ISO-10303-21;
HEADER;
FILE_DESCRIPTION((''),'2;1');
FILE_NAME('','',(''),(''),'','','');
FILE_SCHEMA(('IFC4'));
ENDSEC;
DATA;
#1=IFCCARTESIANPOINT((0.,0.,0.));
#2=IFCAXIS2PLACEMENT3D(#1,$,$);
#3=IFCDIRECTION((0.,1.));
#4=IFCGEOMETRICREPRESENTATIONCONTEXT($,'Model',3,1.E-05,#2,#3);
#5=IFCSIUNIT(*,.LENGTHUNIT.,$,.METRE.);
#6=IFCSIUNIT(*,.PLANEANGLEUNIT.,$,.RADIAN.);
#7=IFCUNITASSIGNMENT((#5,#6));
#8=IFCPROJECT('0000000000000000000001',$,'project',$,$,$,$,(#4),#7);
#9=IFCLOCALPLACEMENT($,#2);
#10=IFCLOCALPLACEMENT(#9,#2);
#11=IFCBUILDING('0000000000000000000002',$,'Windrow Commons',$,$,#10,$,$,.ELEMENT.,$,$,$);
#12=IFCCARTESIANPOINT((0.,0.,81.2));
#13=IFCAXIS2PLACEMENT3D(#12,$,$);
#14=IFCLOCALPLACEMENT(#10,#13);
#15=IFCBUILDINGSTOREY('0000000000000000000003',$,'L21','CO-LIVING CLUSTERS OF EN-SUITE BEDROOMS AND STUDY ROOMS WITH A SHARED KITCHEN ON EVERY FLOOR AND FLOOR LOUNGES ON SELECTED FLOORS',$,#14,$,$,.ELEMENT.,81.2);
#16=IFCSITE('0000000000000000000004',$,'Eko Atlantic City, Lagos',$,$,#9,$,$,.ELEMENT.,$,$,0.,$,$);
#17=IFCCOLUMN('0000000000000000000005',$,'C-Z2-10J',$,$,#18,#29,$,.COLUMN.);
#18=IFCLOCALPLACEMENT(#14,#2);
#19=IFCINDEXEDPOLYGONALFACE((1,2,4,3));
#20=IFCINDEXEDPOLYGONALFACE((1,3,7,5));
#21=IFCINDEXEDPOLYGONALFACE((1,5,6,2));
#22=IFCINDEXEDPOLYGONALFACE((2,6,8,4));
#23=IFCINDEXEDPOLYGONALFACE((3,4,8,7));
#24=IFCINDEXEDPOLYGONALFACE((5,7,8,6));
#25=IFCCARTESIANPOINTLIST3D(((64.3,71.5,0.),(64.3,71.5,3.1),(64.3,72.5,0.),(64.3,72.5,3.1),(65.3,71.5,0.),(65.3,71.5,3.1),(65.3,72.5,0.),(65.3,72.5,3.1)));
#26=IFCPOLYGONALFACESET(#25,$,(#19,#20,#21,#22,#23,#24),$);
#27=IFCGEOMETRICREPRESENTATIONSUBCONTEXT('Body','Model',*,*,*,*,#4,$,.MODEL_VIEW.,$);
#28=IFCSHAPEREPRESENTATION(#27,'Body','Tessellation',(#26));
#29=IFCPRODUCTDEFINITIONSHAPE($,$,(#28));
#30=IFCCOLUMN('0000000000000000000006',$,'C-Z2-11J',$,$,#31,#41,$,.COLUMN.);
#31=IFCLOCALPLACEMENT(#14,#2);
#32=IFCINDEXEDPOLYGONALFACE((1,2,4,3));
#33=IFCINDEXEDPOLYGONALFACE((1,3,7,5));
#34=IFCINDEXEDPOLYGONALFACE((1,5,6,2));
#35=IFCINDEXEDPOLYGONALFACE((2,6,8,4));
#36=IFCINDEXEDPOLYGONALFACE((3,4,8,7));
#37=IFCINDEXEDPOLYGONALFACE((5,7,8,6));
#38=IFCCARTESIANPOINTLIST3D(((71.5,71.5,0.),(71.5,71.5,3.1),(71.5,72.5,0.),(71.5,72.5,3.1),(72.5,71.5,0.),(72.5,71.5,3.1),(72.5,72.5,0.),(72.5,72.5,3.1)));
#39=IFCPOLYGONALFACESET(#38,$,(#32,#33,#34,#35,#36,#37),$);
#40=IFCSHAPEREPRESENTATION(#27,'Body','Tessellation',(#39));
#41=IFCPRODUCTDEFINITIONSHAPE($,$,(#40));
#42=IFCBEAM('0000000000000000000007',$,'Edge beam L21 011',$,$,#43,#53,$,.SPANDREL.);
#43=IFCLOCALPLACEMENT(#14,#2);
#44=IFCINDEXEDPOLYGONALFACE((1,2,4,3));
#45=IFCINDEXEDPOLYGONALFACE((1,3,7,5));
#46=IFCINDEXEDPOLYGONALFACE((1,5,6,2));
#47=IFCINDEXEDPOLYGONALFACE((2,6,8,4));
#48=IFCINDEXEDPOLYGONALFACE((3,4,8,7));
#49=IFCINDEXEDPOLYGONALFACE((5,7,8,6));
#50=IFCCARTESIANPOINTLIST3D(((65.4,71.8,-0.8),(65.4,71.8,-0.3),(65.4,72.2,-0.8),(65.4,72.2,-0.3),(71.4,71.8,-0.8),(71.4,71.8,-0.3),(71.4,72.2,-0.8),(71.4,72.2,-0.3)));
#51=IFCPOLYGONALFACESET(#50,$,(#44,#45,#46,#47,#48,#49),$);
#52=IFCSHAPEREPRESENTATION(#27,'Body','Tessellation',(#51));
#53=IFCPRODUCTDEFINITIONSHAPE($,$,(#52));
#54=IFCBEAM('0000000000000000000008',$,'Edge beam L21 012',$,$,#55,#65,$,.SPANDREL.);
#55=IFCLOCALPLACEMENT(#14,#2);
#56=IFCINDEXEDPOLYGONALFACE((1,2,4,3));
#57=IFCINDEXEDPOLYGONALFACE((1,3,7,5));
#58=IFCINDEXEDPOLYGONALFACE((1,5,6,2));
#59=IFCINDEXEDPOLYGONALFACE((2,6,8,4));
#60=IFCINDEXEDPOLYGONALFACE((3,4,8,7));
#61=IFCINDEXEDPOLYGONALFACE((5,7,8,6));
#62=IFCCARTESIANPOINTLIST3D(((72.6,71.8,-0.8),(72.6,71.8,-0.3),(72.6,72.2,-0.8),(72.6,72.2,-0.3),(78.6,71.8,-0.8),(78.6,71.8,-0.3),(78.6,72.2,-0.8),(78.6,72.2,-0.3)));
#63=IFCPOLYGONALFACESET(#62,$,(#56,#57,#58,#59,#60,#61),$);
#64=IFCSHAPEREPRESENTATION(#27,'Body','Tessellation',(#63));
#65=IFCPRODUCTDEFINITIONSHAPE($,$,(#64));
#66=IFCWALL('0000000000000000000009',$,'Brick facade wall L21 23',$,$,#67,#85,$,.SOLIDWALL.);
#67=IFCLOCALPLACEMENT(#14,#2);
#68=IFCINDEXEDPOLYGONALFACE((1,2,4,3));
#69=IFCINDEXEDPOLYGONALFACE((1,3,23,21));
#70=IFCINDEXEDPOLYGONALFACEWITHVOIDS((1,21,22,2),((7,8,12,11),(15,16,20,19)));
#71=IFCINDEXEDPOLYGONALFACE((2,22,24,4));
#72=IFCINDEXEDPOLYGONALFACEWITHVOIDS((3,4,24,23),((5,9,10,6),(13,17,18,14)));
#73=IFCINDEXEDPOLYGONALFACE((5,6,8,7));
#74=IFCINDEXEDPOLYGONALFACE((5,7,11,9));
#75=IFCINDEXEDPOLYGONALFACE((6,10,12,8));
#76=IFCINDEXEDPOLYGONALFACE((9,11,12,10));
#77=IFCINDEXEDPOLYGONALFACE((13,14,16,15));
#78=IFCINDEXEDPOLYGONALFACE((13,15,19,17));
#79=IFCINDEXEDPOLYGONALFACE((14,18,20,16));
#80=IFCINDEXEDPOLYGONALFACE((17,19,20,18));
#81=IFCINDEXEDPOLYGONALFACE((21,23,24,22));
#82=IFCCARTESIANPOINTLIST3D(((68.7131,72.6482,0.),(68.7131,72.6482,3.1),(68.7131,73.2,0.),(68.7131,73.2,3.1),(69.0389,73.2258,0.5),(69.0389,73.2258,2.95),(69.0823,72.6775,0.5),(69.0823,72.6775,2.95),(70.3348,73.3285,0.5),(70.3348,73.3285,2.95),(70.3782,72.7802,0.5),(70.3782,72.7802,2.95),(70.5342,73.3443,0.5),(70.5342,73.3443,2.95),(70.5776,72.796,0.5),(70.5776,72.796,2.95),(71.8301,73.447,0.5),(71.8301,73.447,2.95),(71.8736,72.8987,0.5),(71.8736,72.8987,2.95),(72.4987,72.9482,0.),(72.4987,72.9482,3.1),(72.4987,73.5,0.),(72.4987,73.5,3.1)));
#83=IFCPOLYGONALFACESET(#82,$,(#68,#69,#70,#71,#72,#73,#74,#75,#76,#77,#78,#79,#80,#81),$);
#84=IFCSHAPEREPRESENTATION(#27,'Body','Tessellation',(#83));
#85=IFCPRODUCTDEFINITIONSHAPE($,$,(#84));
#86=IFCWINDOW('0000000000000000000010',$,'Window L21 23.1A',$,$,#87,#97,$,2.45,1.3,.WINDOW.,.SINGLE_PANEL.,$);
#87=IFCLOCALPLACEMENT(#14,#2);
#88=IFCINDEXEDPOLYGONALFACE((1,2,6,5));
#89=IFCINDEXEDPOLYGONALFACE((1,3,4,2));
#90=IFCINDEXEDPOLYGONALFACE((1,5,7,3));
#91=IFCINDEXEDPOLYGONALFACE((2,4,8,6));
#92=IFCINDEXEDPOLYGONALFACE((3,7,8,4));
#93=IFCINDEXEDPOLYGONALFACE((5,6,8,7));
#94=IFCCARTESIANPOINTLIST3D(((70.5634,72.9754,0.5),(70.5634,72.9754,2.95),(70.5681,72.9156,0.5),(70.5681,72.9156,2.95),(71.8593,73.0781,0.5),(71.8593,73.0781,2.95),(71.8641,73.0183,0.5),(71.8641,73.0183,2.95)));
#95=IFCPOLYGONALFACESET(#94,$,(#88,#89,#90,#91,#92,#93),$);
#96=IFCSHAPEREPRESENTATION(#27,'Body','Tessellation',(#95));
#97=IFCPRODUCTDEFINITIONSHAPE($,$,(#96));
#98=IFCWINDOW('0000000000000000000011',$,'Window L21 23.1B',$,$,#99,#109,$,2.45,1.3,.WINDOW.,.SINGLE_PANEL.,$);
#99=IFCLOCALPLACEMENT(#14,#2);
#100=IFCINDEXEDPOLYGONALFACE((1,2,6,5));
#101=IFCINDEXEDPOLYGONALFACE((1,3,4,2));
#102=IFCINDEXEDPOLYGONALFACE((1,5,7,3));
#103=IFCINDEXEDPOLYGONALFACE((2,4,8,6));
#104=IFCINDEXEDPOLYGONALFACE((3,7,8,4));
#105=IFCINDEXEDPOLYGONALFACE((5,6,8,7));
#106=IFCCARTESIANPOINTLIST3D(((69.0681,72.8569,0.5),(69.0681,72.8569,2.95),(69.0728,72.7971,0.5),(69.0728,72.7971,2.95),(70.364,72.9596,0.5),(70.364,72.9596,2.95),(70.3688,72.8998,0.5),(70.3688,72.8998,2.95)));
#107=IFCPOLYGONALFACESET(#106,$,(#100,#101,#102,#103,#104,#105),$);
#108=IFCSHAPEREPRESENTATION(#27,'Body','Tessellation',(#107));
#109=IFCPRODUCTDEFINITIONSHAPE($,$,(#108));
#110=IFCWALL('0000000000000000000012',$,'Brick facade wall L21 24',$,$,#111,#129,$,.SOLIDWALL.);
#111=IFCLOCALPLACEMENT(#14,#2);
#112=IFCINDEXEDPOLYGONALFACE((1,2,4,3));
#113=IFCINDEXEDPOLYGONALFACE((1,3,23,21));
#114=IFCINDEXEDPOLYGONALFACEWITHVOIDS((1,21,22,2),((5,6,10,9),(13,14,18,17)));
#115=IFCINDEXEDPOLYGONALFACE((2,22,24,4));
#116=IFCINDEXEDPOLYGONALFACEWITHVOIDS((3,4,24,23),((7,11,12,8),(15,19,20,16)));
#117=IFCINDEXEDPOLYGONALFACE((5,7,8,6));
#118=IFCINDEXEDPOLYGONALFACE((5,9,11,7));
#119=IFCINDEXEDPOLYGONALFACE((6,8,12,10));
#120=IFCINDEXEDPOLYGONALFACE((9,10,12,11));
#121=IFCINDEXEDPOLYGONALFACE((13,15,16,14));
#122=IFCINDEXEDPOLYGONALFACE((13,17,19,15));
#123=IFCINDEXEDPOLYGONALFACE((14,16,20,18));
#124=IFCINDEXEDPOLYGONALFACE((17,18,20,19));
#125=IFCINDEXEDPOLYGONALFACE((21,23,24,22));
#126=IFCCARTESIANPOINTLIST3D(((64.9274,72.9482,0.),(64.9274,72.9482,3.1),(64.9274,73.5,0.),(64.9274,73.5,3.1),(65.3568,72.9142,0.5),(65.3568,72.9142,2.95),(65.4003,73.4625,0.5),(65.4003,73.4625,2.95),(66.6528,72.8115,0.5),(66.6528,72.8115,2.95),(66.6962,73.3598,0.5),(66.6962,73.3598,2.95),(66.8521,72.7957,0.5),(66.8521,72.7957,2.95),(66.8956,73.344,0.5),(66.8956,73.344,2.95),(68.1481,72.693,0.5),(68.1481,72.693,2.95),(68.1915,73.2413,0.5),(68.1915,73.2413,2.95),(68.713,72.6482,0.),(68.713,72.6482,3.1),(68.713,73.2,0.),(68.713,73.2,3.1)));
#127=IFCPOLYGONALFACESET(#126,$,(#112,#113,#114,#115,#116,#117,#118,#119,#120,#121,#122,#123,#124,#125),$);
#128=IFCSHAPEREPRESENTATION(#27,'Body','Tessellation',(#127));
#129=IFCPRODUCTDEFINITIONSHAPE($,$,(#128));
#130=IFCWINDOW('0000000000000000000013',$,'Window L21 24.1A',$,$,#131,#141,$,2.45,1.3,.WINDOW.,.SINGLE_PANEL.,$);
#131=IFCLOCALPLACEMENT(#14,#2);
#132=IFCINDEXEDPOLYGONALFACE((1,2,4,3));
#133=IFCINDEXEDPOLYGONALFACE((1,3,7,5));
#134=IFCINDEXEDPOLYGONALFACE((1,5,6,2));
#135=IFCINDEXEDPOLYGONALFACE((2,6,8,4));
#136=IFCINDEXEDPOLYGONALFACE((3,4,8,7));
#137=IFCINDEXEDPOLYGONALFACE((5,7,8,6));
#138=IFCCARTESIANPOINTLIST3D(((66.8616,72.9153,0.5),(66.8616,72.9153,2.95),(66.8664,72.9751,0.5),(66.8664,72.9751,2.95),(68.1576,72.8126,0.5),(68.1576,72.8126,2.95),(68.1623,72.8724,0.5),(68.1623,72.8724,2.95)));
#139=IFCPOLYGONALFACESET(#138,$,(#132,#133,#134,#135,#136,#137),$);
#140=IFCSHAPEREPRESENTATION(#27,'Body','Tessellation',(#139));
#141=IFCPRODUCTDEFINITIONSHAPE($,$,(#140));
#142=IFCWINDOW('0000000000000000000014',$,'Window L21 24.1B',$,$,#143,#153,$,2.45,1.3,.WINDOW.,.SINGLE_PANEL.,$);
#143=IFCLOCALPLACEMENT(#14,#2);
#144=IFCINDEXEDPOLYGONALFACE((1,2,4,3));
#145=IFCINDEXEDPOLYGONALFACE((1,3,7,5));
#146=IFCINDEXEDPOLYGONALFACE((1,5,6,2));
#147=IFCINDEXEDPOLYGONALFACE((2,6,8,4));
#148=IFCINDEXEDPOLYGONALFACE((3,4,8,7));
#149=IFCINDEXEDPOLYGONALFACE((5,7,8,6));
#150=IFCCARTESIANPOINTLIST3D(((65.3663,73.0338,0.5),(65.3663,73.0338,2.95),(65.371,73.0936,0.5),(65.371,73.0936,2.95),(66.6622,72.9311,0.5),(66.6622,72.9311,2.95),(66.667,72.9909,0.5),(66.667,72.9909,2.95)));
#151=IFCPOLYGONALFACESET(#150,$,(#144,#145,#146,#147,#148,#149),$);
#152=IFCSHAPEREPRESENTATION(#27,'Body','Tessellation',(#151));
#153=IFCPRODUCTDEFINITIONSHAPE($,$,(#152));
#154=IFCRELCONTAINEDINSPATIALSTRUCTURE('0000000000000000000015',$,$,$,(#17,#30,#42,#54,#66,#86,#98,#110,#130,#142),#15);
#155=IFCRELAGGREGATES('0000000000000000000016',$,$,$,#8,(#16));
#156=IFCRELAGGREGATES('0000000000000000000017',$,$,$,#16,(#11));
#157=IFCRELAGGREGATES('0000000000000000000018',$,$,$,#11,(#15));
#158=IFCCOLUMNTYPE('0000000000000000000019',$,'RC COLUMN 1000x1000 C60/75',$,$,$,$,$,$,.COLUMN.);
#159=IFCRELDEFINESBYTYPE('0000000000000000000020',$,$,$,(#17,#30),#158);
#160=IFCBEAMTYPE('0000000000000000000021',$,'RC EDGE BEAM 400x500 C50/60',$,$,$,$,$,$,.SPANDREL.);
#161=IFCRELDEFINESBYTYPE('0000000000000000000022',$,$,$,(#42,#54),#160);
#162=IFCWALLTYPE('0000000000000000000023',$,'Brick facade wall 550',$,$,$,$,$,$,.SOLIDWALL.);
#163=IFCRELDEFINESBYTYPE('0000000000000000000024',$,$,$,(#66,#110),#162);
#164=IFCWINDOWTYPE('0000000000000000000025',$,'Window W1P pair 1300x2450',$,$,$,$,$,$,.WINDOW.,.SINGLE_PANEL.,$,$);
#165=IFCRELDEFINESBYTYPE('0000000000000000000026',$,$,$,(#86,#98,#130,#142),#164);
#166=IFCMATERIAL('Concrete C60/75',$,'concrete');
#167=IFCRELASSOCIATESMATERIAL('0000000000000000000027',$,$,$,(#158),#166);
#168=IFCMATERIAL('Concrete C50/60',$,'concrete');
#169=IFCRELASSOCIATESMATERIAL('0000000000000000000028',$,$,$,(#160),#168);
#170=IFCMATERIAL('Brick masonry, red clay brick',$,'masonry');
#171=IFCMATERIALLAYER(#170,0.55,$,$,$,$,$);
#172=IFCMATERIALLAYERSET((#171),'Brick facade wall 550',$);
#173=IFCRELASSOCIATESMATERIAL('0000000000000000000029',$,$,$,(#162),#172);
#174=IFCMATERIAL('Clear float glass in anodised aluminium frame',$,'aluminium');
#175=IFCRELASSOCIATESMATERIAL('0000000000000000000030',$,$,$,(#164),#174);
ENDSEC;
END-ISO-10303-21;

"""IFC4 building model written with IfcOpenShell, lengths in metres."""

from ifc_helpers import new_model, si_unit, direction, frame, frame_2d, origin, origin_2d, place, context, subcontext, project, spatial, polyline, rectangle, outline, extrude, material, layer, layer_set, material_profile, profile_set, type_object, element, fill, save


model = new_model("IFC4")

# Units and contexts
model_context = context("Model", 3, precision=1e-05, world=origin(), true_north=direction((0.0, 1.0)))
body_context = subcontext(model_context, "Body", "Model", "MODEL_VIEW")
ifc_project = project(units=[si_unit("LENGTHUNIT", "METRE"), si_unit("PLANEANGLEUNIT", "RADIAN")], contexts=[model_context])

# Site, building, storey
site_placement = place(None, origin())
site = spatial("IfcSite", under=ifc_project, at=site_placement, Name="Eko Atlantic City, Lagos", CompositionType="ELEMENT", RefElevation=0.0)
building_placement = place(site_placement, origin())
building = spatial("IfcBuilding", under=site, at=building_placement, Name="Windrow Commons", CompositionType="ELEMENT")
storey_placement = place(building_placement, frame((0.0, 0.0, 81.2)))
storey = spatial("IfcBuildingStorey", under=building, at=storey_placement, Name="L21", Description="CO-LIVING CLUSTERS OF EN-SUITE BEDROOMS AND STUDY ROOMS WITH A SHARED KITCHEN ON EVERY FLOOR AND FLOOR LOUNGES ON SELECTED FLOORS", CompositionType="ELEMENT", Elevation=81.2)

# Columns
ifc_material_1 = material(Name="Concrete C60/75", Category="concrete")
ifc_material_profile_1 = material_profile(ifc_material_1, rectangle(XDim=1.0, YDim=1.0, at=origin_2d()))
ifc_profile_set_1 = profile_set([ifc_material_profile_1], Name="Concrete C60/75")
column_type = type_object("IfcColumnType", Name="RC COLUMN 1000x1000 C60/75", PredefinedType="COLUMN", material=ifc_profile_set_1)
for number, where, z_axis, x_axis, name in (
    (1, (64.8, 72.0, 0.0), (0.0, 0.0, 1.0), (1.0, 0.0, 0.0), "C-Z2-10J"),
    (2, (72.0, 72.0, 0.0), (0.0, 0.0, 1.0), (1.0, 0.0, 0.0), "C-Z2-11J"),
):
    element("IfcColumn", number, at=place(storey_placement, frame(where, z_axis=z_axis, x_axis=x_axis)), inside=storey, type_object=column_type, Name=name, PredefinedType="COLUMN", context=body_context, shape_type="SweptSolid", body=[
        extrude(rectangle(XDim=1.0, YDim=1.0, at=origin_2d()), origin(), (0.0, 0.0, 1.0), 3.1),
    ])

# Beams
ifc_material_2 = material(Name="Concrete C50/60", Category="concrete")
ifc_material_profile_2 = material_profile(ifc_material_2, rectangle(XDim=0.4, YDim=0.5, at=origin_2d()))
ifc_profile_set_2 = profile_set([ifc_material_profile_2], Name="Concrete C50/60")
beam_type = type_object("IfcBeamType", Name="RC EDGE BEAM 400x500 C50/60", PredefinedType="SPANDREL", material=ifc_profile_set_2)
for number, where, z_axis, x_axis, name in (
    (3, (65.4, 72.0, -0.55), (1.0, 0.0, 0.0), (0.0, 1.0, 0.0), "Edge beam L21 011"),
    (4, (72.6, 72.0, -0.55), (1.0, 0.0, 0.0), (0.0, 1.0, 0.0), "Edge beam L21 012"),
):
    element("IfcBeam", number, at=place(storey_placement, frame(where, z_axis=z_axis, x_axis=x_axis)), inside=storey, type_object=beam_type, Name=name, PredefinedType="SPANDREL", context=body_context, shape_type="SweptSolid", body=[
        extrude(rectangle(XDim=0.4, YDim=0.5, at=origin_2d()), origin(), (0.0, 0.0, 1.0), 6.0),
    ])

# Walls, openings, windows
ifc_material_3 = material(Name="Brick masonry, red clay brick", Category="masonry")
ifc_layer_1 = layer(ifc_material_3, 0.55)
ifc_layer_set_1 = layer_set([ifc_layer_1], Name="Brick facade wall 550")
wall_type_1 = type_object("IfcWallType", Name="Brick facade wall 550", PredefinedType="SOLIDWALL", material=ifc_layer_set_1)
wall_1_placement = place(storey_placement, frame((72.4987, 73.2241, 0.0), z_axis=(0.0, 0.0, 1.0), x_axis=(-0.996875, -0.078998, 0.0)))
wall_1 = element("IfcWall", 5, at=wall_1_placement, inside=storey, type_object=wall_type_1, Name="Brick facade wall L21 23", PredefinedType="SOLIDWALL", context=body_context, shape_type="SweptSolid", body=[
    extrude(outline(polyline([(-0.0218, -0.275), (3.7757, -0.275), (3.8193, 0.275), (0.0218, 0.275), (-0.0218, -0.275)])), origin(), (0.0, 0.0, 1.0), 3.1),
])
opening_1_placement = place(wall_1_placement, frame((0.6489, 0.0, 0.5)))
opening_1 = element("IfcOpeningElement", 6, at=opening_1_placement, cuts=wall_1, PredefinedType="OPENING", context=body_context, shape_type="SweptSolid", body=[
    extrude(rectangle(XDim=1.3, YDim=2.45, at=frame_2d((0.65, 1.225))), frame((0.0, 0.285, 0.0), z_axis=(0.0, -1.0, 0.0), x_axis=(1.0, 0.0, 0.0)), (0.0, 0.0, 1.0), 0.57),
])
opening_2_placement = place(wall_1_placement, frame((2.1489, 0.0, 0.5)))
opening_2 = element("IfcOpeningElement", 7, at=opening_2_placement, cuts=wall_1, PredefinedType="OPENING", context=body_context, shape_type="SweptSolid", body=[
    extrude(rectangle(XDim=1.3, YDim=2.45, at=frame_2d((0.65, 1.225))), frame((0.0, 0.285, 0.0), z_axis=(0.0, -1.0, 0.0), x_axis=(1.0, 0.0, 0.0)), (0.0, 0.0, 1.0), 0.57),
])
ifc_material_4 = material(Name="Clear float glass in anodised aluminium frame", Category="aluminium")
window_type = type_object("IfcWindowType", Name="Window W1P pair 1300x2450", PartitioningType="SINGLE_PANEL", PredefinedType="WINDOW", material=ifc_material_4)
window_1_placement = place(opening_1_placement, origin())
window_1 = element("IfcWindow", 8, at=window_1_placement, inside=storey, type_object=window_type, Name="Window L21 23.1A", OverallHeight=2.45, OverallWidth=1.3, PartitioningType="SINGLE_PANEL", PredefinedType="WINDOW", context=body_context, shape_type="SweptSolid", body=[
    extrude(rectangle(XDim=1.3, YDim=2.45, at=frame_2d((0.65, 1.225))), frame((0.0, 0.155, 0.0), z_axis=(0.0, -1.0, 0.0), x_axis=(1.0, 0.0, 0.0)), (0.0, 0.0, 1.0), 0.06),
])
fill(opening_1, window_1)
window_2_placement = place(opening_2_placement, origin())
window_2 = element("IfcWindow", 9, at=window_2_placement, inside=storey, type_object=window_type, Name="Window L21 23.1B", OverallHeight=2.45, OverallWidth=1.3, PartitioningType="SINGLE_PANEL", PredefinedType="WINDOW", context=body_context, shape_type="SweptSolid", body=[
    extrude(rectangle(XDim=1.3, YDim=2.45, at=frame_2d((0.65, 1.225))), frame((0.0, 0.155, 0.0), z_axis=(0.0, -1.0, 0.0), x_axis=(1.0, 0.0, 0.0)), (0.0, 0.0, 1.0), 0.06),
])
fill(opening_2, window_2)
wall_2_placement = place(storey_placement, frame((68.713, 72.9241, 0.0), z_axis=(0.0, 0.0, 1.0), x_axis=(-0.996875, 0.079, 0.0)))
wall_2 = element("IfcWall", 10, at=wall_2_placement, inside=storey, type_object=wall_type_1, Name="Brick facade wall L21 24", PredefinedType="SOLIDWALL", context=body_context, shape_type="SweptSolid", body=[
    extrude(outline(polyline([(0.0218, -0.275), (3.8193, -0.275), (3.7757, 0.275), (-0.0218, 0.275), (0.0218, -0.275)])), origin(), (0.0, 0.0, 1.0), 3.1),
])
opening_3_placement = place(wall_2_placement, frame((0.5449, 0.0, 0.5)))
opening_3 = element("IfcOpeningElement", 11, at=opening_3_placement, cuts=wall_2, PredefinedType="OPENING", context=body_context, shape_type="SweptSolid", body=[
    extrude(rectangle(XDim=1.3, YDim=2.45, at=frame_2d((0.65, 1.225))), frame((0.0, 0.285, 0.0), z_axis=(0.0, -1.0, 0.0), x_axis=(1.0, 0.0, 0.0)), (0.0, 0.0, 1.0), 0.57),
])
opening_4_placement = place(wall_2_placement, frame((2.0449, 0.0, 0.5)))
opening_4 = element("IfcOpeningElement", 12, at=opening_4_placement, cuts=wall_2, PredefinedType="OPENING", context=body_context, shape_type="SweptSolid", body=[
    extrude(rectangle(XDim=1.3, YDim=2.45, at=frame_2d((0.65, 1.225))), frame((0.0, 0.285, 0.0), z_axis=(0.0, -1.0, 0.0), x_axis=(1.0, 0.0, 0.0)), (0.0, 0.0, 1.0), 0.57),
])
window_3_placement = place(opening_3_placement, origin())
window_3 = element("IfcWindow", 13, at=window_3_placement, inside=storey, type_object=window_type, Name="Window L21 24.1A", OverallHeight=2.45, OverallWidth=1.3, PartitioningType="SINGLE_PANEL", PredefinedType="WINDOW", context=body_context, shape_type="SweptSolid", body=[
    extrude(rectangle(XDim=1.3, YDim=2.45, at=frame_2d((0.65, 1.225))), frame((0.0, 0.155, 0.0), z_axis=(0.0, -1.0, 0.0), x_axis=(1.0, 0.0, 0.0)), (0.0, 0.0, 1.0), 0.06),
])
fill(opening_3, window_3)
window_4_placement = place(opening_4_placement, origin())
window_4 = element("IfcWindow", 14, at=window_4_placement, inside=storey, type_object=window_type, Name="Window L21 24.1B", OverallHeight=2.45, OverallWidth=1.3, PartitioningType="SINGLE_PANEL", PredefinedType="WINDOW", context=body_context, shape_type="SweptSolid", body=[
    extrude(rectangle(XDim=1.3, YDim=2.45, at=frame_2d((0.65, 1.225))), frame((0.0, 0.155, 0.0), z_axis=(0.0, -1.0, 0.0), x_axis=(1.0, 0.0, 0.0)), (0.0, 0.0, 1.0), 0.06),
])
fill(opening_4, window_4)

save(model, "model.ifc")
